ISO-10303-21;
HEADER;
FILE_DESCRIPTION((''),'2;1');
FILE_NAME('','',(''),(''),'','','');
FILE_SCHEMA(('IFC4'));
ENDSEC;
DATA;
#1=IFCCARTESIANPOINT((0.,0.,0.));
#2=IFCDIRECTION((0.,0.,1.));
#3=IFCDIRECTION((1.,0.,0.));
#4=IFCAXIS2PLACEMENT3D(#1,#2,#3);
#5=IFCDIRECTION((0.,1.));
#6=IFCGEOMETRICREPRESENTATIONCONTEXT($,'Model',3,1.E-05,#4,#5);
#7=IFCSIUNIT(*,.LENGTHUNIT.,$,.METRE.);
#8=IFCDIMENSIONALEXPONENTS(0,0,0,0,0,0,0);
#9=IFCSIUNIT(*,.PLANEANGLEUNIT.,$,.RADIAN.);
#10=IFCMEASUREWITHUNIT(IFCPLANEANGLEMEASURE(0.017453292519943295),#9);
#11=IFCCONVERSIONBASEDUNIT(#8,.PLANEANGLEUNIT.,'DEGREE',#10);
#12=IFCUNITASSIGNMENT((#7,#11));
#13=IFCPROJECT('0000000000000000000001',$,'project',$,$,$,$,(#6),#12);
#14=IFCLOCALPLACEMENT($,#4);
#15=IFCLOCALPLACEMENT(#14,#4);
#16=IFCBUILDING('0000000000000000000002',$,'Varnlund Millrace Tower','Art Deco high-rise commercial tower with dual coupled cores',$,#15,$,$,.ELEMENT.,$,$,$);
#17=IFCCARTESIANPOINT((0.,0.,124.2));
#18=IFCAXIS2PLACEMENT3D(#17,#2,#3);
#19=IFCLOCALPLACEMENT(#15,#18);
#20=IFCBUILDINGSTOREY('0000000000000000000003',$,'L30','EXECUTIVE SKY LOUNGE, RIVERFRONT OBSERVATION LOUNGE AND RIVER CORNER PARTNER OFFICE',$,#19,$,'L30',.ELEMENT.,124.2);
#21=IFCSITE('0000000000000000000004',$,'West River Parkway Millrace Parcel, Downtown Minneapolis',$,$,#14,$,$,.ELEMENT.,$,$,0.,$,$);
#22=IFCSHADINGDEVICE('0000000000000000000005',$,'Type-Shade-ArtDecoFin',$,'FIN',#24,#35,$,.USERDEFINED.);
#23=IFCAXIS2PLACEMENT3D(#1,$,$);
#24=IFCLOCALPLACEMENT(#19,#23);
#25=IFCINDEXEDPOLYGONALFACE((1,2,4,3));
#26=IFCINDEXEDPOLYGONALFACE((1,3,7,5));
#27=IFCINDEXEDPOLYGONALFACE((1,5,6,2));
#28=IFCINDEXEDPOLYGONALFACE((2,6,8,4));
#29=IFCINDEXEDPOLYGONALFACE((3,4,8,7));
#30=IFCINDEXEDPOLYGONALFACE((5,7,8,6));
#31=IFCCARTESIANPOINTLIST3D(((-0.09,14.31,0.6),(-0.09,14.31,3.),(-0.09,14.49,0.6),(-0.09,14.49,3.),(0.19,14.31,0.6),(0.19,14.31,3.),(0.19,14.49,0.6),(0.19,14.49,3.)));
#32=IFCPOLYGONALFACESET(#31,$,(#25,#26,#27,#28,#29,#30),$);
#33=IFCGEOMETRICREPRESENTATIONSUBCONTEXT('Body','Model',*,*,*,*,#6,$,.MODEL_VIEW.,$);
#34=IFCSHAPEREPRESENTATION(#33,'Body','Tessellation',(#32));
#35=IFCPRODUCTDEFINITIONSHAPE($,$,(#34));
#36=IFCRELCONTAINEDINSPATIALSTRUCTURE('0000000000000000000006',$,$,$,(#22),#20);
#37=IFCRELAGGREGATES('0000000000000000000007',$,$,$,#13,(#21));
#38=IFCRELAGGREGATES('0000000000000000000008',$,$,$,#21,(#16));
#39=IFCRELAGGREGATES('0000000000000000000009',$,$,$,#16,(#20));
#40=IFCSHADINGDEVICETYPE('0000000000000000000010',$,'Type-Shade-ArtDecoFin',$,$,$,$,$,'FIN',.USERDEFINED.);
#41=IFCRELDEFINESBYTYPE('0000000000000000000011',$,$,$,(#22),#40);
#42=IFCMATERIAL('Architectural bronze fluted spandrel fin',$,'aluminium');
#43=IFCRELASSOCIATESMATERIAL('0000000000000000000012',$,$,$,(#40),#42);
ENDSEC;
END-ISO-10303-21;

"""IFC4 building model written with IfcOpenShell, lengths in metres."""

from ifc_helpers import new_model, entity, si_unit, converted_unit, direction, frame, origin_with_axes, origin_2d_with_axis, place, context, subcontext, project, spatial, rectangle, extrude, material, type_object, element, save


model = new_model("IFC4")

# Units and contexts
model_context = context("Model", 3, precision=1e-05, world=origin_with_axes(), true_north=direction((0.0, 1.0)))
body_context = subcontext(model_context, "Body", "Model", "MODEL_VIEW")
ifc_project = project(units=[si_unit("LENGTHUNIT", "METRE"), converted_unit("PLANEANGLEUNIT", "DEGREE", entity("IfcPlaneAngleMeasure", 0.017453292519943295), si_unit("PLANEANGLEUNIT", "RADIAN"), dimensions=[0, 0, 0, 0, 0, 0, 0])], contexts=[model_context])

# Site, building, storey
site_placement = place(None, origin_with_axes())
site = spatial("IfcSite", under=ifc_project, at=site_placement, Name="West River Parkway Millrace Parcel, Downtown Minneapolis", CompositionType="ELEMENT", RefElevation=0.0)
building_placement = place(site_placement, origin_with_axes())
building = spatial("IfcBuilding", under=site, at=building_placement, Name="Varnlund Millrace Tower", Description="Art Deco high-rise commercial tower with dual coupled cores", CompositionType="ELEMENT")
storey_placement = place(building_placement, frame((0.0, 0.0, 124.2), z_axis=(0.0, 0.0, 1.0), x_axis=(1.0, 0.0, 0.0)))
storey = spatial("IfcBuildingStorey", under=building, at=storey_placement, Name="L30", Description="EXECUTIVE SKY LOUNGE, RIVERFRONT OBSERVATION LOUNGE AND RIVER CORNER PARTNER OFFICE", LongName="L30", CompositionType="ELEMENT", Elevation=124.2)

# Shading device
ifc_material_1 = material(Name="Architectural bronze fluted spandrel fin", Category="aluminium")
shading_device_type = type_object("IfcShadingDeviceType", Name="Type-Shade-ArtDecoFin", ElementType="FIN", PredefinedType="USERDEFINED", material=ifc_material_1)
shading_device_placement = place(storey_placement, frame((0.05, 14.4, 0.6), z_axis=(0.0, 0.0, 1.0), x_axis=(1.0, 0.0, 0.0)))
element("IfcShadingDevice", 1, at=shading_device_placement, inside=storey, type_object=shading_device_type, Name="Type-Shade-ArtDecoFin", ObjectType="FIN", PredefinedType="USERDEFINED", context=body_context, shape_type="SweptSolid", body=[
    extrude(rectangle(XDim=0.28, YDim=0.18, at=origin_2d_with_axis()), origin_with_axes(), (0.0, 0.0, 1.0), 2.4),
])

save(model, "model.ifc")
